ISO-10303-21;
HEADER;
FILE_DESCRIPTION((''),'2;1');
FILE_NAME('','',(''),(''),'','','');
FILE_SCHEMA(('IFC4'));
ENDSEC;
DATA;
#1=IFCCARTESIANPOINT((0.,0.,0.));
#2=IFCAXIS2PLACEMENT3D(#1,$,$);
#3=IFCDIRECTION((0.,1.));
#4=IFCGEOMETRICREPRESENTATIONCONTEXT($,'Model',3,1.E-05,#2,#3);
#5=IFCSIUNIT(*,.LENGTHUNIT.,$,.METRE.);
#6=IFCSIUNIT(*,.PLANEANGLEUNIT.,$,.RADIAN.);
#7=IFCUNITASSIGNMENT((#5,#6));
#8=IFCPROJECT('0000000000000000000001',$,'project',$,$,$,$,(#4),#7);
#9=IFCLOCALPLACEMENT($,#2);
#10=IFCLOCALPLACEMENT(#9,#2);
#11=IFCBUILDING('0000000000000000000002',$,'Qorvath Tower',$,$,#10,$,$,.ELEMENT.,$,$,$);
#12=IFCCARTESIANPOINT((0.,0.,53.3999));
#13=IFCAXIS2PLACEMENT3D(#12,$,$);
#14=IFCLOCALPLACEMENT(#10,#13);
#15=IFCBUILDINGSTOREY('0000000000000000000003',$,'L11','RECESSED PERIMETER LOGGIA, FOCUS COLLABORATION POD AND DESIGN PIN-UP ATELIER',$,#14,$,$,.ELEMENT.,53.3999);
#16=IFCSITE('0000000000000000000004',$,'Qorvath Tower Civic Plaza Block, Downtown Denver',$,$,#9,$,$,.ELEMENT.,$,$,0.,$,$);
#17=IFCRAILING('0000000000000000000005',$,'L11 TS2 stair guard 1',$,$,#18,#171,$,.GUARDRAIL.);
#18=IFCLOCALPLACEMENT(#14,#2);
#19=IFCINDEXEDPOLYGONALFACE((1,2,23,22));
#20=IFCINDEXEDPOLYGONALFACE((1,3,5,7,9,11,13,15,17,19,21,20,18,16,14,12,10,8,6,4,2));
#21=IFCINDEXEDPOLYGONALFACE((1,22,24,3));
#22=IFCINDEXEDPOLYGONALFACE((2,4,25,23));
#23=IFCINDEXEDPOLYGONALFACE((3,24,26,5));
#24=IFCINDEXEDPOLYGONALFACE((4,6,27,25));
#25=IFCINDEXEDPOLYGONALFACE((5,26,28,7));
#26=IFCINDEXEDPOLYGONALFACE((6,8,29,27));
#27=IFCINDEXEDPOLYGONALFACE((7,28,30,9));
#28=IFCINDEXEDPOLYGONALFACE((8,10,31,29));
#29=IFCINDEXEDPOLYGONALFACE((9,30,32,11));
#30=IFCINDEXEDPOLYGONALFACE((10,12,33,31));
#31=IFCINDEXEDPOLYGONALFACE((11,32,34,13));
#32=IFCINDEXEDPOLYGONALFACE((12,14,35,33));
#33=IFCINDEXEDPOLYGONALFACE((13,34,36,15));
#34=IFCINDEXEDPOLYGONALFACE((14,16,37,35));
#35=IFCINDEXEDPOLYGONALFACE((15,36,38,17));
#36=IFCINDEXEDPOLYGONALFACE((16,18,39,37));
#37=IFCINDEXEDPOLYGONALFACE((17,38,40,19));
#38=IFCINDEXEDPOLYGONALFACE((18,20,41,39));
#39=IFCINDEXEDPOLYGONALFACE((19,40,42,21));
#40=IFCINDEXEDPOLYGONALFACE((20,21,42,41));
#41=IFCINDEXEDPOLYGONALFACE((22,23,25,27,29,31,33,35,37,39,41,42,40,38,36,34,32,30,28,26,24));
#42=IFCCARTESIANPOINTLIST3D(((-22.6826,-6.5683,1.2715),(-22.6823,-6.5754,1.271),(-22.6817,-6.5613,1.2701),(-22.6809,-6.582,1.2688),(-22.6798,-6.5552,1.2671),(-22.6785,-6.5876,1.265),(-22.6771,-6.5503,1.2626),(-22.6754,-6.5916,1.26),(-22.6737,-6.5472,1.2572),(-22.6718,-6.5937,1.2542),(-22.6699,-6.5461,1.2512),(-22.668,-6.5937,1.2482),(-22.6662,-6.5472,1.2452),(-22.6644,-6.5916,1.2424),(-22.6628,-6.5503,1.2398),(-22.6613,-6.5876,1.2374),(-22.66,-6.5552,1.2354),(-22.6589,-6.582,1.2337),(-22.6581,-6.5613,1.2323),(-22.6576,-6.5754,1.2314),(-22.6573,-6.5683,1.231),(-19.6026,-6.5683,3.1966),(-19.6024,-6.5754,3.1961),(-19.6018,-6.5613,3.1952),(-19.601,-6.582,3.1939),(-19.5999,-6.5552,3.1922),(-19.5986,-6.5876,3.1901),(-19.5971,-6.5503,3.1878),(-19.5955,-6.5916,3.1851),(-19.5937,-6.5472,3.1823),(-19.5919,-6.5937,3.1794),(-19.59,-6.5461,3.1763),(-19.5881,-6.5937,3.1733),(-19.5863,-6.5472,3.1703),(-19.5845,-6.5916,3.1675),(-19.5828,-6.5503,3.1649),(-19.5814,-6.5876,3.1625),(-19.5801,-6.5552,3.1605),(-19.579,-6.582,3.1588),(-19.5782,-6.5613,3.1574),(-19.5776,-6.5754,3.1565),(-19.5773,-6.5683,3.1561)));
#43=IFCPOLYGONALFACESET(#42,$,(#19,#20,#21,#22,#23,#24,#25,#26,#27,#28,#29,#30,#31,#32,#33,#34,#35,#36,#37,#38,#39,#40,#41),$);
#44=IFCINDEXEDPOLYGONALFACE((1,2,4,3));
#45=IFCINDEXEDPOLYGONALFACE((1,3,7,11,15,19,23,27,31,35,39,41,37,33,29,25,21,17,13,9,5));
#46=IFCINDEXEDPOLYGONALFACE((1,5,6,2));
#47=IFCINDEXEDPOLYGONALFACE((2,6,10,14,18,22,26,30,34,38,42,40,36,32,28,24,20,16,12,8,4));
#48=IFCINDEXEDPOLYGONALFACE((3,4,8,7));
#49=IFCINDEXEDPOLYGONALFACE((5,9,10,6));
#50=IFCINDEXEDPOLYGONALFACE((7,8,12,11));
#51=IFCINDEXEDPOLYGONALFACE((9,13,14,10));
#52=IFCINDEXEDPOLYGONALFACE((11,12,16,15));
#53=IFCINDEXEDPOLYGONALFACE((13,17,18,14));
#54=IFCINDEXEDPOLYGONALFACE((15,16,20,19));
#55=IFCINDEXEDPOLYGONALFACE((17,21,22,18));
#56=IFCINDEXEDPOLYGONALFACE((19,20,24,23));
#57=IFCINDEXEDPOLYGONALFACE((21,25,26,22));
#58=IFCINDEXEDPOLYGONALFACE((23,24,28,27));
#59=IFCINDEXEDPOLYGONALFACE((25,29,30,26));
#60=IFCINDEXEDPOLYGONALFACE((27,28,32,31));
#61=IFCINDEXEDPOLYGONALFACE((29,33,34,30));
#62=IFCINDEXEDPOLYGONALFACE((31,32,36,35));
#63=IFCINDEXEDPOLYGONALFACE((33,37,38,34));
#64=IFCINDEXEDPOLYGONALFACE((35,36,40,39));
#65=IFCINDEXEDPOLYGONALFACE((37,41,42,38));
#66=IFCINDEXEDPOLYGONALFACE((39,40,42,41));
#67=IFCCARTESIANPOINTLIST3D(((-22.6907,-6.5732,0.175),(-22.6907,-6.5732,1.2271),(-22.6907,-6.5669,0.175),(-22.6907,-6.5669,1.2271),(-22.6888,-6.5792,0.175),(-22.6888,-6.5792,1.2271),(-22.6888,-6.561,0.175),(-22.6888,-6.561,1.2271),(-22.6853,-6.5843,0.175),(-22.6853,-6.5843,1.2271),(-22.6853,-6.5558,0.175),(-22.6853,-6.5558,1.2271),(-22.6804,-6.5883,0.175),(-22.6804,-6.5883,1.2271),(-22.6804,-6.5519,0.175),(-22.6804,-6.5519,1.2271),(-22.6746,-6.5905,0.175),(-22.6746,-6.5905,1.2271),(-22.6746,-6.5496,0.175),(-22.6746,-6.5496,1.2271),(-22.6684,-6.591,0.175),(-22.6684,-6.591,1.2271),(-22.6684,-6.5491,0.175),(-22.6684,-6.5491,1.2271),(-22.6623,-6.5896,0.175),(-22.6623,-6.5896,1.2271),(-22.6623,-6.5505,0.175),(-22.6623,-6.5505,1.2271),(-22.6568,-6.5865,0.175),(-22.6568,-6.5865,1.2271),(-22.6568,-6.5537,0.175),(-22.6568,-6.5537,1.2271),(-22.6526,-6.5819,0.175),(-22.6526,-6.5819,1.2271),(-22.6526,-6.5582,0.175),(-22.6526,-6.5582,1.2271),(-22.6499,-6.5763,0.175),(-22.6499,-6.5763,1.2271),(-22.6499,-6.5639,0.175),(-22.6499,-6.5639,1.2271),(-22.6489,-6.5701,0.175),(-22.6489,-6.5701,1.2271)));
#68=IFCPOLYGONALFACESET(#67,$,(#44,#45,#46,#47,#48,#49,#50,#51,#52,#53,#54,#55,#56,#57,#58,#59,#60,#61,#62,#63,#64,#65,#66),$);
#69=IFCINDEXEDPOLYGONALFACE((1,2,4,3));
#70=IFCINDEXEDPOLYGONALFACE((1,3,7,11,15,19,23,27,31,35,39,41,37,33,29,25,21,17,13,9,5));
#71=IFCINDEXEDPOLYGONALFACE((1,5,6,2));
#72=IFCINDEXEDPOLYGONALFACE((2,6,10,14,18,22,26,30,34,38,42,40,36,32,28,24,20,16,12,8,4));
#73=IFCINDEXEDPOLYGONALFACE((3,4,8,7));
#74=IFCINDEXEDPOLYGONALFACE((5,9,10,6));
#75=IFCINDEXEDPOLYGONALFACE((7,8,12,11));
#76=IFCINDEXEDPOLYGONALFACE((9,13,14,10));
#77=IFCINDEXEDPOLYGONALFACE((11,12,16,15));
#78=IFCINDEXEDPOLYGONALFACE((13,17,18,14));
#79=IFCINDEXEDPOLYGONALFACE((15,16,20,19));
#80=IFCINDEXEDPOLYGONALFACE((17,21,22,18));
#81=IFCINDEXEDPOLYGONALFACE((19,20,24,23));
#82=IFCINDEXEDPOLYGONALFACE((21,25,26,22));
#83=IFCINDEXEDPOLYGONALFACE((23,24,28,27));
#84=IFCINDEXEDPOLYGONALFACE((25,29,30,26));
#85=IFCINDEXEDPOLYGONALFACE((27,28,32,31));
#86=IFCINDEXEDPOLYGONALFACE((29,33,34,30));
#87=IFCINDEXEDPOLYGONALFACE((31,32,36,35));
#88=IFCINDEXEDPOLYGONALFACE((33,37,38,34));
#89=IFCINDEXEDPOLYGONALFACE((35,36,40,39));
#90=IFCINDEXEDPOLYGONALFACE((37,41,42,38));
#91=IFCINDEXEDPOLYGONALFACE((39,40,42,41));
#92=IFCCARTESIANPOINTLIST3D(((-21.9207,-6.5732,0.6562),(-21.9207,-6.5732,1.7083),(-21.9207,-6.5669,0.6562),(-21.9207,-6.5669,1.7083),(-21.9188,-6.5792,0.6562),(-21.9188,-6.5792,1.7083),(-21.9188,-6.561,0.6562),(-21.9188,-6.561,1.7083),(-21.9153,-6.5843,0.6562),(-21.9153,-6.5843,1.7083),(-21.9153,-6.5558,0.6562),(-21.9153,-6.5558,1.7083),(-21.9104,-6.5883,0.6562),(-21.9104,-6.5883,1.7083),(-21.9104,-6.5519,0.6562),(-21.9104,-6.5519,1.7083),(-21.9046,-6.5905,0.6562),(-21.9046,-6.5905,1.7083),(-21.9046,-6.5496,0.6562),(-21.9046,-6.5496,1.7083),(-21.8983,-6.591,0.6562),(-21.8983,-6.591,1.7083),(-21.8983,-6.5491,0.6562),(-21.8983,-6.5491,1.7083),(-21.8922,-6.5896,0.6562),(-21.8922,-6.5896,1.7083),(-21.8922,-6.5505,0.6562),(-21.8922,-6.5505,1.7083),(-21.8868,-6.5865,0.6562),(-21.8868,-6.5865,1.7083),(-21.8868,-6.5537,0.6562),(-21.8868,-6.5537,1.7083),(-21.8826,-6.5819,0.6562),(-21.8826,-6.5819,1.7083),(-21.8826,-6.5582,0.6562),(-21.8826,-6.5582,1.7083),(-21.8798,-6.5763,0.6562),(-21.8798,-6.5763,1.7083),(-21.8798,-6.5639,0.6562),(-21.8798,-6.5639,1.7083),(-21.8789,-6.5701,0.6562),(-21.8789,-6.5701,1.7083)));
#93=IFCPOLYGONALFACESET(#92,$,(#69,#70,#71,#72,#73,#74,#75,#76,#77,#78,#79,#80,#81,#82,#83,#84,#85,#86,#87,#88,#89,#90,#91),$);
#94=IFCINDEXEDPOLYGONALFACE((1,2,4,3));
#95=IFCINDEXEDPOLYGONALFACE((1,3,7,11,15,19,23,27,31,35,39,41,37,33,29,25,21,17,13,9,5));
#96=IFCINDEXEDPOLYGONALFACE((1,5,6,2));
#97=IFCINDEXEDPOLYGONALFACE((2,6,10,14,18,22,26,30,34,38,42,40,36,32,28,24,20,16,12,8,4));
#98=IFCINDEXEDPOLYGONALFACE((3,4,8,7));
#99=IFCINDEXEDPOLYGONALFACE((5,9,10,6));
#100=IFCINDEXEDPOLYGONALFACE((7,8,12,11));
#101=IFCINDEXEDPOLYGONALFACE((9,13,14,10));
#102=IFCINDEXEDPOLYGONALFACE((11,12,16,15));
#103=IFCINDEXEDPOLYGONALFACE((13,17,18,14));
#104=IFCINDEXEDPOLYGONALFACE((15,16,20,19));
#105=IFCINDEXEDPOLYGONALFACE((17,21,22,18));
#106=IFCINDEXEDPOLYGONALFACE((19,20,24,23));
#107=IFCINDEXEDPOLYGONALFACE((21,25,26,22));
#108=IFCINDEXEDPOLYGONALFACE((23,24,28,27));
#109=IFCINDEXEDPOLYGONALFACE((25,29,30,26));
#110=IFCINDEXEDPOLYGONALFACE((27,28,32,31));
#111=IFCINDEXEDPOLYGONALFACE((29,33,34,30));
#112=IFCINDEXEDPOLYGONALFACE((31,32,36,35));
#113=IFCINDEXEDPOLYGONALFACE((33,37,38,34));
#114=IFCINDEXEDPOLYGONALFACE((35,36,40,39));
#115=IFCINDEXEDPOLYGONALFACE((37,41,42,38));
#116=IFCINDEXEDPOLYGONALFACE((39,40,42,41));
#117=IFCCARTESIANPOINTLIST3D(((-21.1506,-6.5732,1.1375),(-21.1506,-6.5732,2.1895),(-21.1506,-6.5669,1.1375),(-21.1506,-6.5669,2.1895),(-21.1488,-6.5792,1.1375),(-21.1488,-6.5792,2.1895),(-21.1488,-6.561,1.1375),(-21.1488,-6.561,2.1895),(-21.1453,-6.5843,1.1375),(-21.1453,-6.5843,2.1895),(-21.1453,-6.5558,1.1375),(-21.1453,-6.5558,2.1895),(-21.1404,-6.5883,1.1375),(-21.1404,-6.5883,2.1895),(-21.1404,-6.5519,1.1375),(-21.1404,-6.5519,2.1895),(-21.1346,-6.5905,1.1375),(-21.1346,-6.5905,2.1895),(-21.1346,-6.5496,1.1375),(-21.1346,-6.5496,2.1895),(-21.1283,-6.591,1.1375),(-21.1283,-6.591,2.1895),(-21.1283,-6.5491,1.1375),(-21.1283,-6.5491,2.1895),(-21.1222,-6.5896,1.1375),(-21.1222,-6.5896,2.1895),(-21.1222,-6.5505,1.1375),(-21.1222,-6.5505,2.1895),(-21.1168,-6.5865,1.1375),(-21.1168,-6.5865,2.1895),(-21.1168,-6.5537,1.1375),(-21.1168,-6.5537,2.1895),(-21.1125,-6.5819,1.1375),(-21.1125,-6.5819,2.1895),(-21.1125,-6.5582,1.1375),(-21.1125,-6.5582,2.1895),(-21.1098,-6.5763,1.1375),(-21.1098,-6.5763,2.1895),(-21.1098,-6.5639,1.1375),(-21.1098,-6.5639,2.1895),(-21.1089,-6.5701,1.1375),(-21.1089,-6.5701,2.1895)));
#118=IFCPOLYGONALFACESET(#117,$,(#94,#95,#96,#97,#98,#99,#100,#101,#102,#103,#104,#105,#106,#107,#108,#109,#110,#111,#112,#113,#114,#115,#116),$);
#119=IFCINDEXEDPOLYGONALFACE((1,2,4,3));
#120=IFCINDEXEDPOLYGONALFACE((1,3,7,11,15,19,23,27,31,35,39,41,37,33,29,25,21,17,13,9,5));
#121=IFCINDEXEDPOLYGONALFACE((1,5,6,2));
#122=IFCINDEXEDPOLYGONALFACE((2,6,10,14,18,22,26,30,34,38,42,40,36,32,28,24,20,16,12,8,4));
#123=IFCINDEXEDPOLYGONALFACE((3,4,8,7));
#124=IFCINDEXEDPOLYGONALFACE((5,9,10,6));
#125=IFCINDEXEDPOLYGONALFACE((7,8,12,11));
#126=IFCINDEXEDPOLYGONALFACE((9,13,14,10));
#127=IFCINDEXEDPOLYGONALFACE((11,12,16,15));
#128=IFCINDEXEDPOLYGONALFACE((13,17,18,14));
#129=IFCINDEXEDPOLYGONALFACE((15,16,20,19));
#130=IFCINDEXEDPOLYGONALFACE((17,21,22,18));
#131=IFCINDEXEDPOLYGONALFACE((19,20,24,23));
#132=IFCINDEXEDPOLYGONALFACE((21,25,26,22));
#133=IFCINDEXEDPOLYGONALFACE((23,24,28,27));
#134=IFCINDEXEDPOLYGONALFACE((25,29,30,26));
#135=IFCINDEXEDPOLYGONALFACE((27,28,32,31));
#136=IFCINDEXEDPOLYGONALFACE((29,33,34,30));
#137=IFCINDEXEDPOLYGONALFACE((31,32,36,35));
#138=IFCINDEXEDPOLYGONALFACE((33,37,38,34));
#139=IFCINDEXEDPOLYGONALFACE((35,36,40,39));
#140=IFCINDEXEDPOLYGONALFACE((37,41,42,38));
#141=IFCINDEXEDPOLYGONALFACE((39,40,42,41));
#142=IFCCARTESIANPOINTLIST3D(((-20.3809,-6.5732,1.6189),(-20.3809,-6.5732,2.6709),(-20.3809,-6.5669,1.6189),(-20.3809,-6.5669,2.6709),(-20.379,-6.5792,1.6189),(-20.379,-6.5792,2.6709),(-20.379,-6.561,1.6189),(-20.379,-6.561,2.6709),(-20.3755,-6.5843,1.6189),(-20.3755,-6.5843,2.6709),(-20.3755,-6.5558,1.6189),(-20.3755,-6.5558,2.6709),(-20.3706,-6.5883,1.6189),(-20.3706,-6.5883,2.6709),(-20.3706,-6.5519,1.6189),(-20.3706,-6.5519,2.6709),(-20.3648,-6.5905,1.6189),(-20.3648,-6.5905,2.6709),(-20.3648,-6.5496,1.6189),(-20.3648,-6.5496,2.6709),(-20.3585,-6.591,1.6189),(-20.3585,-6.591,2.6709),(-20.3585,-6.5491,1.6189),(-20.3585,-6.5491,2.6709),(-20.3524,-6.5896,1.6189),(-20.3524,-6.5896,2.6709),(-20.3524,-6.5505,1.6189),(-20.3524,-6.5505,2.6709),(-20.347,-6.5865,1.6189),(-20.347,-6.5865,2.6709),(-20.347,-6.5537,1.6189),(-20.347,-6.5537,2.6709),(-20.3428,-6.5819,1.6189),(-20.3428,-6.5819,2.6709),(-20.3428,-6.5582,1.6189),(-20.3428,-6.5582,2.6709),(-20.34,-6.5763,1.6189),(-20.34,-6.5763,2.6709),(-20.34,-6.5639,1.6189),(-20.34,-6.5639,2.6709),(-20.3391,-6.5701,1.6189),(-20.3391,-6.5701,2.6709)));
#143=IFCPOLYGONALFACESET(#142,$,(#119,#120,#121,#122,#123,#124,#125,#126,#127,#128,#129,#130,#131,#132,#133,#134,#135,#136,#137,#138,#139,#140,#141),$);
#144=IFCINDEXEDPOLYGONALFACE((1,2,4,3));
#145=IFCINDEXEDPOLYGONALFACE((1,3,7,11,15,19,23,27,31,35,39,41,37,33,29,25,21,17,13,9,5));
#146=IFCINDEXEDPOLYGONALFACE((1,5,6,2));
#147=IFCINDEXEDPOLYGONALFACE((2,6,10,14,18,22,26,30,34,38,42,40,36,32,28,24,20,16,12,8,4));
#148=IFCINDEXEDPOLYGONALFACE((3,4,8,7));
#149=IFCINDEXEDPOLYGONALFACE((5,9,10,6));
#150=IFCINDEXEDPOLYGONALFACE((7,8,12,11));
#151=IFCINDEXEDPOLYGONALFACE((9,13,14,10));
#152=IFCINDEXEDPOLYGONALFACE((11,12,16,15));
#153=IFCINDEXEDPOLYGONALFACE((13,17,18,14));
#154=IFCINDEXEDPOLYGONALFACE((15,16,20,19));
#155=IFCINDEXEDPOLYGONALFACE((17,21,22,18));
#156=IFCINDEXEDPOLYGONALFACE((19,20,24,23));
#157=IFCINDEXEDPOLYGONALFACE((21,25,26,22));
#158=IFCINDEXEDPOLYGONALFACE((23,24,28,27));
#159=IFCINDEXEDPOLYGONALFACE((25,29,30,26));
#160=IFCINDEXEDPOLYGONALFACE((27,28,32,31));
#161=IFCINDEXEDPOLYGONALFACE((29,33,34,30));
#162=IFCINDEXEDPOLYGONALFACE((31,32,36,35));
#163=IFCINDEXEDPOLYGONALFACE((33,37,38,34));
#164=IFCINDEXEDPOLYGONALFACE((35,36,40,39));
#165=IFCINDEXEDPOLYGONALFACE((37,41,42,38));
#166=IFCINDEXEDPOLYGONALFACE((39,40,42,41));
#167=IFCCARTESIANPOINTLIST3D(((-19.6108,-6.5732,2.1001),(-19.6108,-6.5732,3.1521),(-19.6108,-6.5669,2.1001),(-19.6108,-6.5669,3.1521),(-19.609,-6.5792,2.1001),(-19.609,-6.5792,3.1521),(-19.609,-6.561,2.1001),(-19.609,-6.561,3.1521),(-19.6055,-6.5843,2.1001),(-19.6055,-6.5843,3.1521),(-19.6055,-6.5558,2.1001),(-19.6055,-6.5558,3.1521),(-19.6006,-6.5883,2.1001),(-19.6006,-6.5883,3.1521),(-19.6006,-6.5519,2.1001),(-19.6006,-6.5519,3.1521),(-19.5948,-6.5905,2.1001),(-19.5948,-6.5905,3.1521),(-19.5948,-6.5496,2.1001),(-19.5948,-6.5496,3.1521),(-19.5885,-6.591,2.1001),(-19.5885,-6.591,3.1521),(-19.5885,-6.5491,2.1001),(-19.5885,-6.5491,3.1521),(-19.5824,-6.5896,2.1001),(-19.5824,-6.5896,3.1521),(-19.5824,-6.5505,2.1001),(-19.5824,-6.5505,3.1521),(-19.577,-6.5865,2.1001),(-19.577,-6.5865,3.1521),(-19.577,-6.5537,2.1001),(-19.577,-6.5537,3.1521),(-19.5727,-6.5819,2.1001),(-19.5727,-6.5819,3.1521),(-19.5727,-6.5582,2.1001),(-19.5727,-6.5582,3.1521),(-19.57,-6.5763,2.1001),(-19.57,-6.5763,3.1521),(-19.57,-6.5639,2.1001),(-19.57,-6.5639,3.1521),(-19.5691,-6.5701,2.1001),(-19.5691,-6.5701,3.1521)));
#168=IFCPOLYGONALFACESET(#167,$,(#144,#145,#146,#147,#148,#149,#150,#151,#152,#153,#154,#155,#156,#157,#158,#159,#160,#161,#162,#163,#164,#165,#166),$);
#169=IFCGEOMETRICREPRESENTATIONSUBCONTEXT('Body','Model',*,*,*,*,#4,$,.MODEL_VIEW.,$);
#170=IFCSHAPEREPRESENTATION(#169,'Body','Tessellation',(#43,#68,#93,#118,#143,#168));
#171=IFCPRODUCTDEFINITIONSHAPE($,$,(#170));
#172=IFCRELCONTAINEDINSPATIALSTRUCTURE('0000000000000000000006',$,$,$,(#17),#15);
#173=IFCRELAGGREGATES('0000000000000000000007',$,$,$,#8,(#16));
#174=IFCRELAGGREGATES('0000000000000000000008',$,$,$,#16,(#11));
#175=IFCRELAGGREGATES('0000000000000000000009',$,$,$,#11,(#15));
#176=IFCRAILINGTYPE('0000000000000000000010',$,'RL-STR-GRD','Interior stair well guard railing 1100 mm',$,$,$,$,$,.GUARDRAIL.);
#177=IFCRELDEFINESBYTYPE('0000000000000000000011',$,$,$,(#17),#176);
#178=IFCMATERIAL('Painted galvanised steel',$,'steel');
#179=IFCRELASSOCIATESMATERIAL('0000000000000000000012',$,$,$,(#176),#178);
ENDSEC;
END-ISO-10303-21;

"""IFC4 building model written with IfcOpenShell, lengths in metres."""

from ifc_helpers import new_model, si_unit, direction, frame, origin, origin_2d, place, context, subcontext, project, spatial, circle, extrude, material, type_object, element, save


model = new_model("IFC4")

# Units and contexts
model_context = context("Model", 3, precision=1e-05, world=origin(), true_north=direction((0.0, 1.0)))
body_context = subcontext(model_context, "Body", "Model", "MODEL_VIEW")
ifc_project = project(units=[si_unit("LENGTHUNIT", "METRE"), si_unit("PLANEANGLEUNIT", "RADIAN")], contexts=[model_context])

# Site, building, storey
site_placement = place(None, origin())
site = spatial("IfcSite", under=ifc_project, at=site_placement, Name="Qorvath Tower Civic Plaza Block, Downtown Denver", CompositionType="ELEMENT", RefElevation=0.0)
building_placement = place(site_placement, origin())
building = spatial("IfcBuilding", under=site, at=building_placement, Name="Qorvath Tower", CompositionType="ELEMENT")
storey_placement = place(building_placement, frame((0.0, 0.0, 53.3999)))
storey = spatial("IfcBuildingStorey", under=building, at=storey_placement, Name="L11", Description="RECESSED PERIMETER LOGGIA, FOCUS COLLABORATION POD AND DESIGN PIN-UP ATELIER", CompositionType="ELEMENT", Elevation=53.3999)

# Railing
ifc_material_1 = material(Name="Painted galvanised steel", Category="steel")
railing_type_1 = type_object("IfcRailingType", Name="RL-STR-GRD", Description="Interior stair well guard railing 1100 mm", PredefinedType="GUARDRAIL", material=ifc_material_1)
railing_1_placement = place(storey_placement, frame((-22.6699, -6.5701, 0.175)))
element("IfcRailing", 1, at=railing_1_placement, inside=storey, type_object=railing_type_1, Name="L11 TS2 stair guard 1", PredefinedType="GUARDRAIL", context=body_context, shape_type="SweptSolid", body=[
    extrude(circle(Radius=0.0239, at=origin_2d()), frame((0.0, 0.0, 1.0762), z_axis=(0.847979, 0.0, 0.530029), x_axis=(0.0, 1.0, 0.0)), (0.0, 0.0, 1.0), 3.6321),
    extrude(circle(Radius=0.021, at=origin_2d()), origin(), (0.0, 0.0, 1.0), 1.052),
    extrude(circle(Radius=0.021, at=origin_2d()), frame((0.77, 0.0, 0.4812)), (0.0, 0.0, 1.0), 1.052),
    extrude(circle(Radius=0.021, at=origin_2d()), frame((1.54, 0.0, 0.9624)), (0.0, 0.0, 1.0), 1.052),
    extrude(circle(Radius=0.021, at=origin_2d()), frame((2.3098, 0.0, 1.4438)), (0.0, 0.0, 1.0), 1.052),
    extrude(circle(Radius=0.021, at=origin_2d()), frame((3.0798, 0.0, 1.925)), (0.0, 0.0, 1.0), 1.052),
])

save(model, "model.ifc")
